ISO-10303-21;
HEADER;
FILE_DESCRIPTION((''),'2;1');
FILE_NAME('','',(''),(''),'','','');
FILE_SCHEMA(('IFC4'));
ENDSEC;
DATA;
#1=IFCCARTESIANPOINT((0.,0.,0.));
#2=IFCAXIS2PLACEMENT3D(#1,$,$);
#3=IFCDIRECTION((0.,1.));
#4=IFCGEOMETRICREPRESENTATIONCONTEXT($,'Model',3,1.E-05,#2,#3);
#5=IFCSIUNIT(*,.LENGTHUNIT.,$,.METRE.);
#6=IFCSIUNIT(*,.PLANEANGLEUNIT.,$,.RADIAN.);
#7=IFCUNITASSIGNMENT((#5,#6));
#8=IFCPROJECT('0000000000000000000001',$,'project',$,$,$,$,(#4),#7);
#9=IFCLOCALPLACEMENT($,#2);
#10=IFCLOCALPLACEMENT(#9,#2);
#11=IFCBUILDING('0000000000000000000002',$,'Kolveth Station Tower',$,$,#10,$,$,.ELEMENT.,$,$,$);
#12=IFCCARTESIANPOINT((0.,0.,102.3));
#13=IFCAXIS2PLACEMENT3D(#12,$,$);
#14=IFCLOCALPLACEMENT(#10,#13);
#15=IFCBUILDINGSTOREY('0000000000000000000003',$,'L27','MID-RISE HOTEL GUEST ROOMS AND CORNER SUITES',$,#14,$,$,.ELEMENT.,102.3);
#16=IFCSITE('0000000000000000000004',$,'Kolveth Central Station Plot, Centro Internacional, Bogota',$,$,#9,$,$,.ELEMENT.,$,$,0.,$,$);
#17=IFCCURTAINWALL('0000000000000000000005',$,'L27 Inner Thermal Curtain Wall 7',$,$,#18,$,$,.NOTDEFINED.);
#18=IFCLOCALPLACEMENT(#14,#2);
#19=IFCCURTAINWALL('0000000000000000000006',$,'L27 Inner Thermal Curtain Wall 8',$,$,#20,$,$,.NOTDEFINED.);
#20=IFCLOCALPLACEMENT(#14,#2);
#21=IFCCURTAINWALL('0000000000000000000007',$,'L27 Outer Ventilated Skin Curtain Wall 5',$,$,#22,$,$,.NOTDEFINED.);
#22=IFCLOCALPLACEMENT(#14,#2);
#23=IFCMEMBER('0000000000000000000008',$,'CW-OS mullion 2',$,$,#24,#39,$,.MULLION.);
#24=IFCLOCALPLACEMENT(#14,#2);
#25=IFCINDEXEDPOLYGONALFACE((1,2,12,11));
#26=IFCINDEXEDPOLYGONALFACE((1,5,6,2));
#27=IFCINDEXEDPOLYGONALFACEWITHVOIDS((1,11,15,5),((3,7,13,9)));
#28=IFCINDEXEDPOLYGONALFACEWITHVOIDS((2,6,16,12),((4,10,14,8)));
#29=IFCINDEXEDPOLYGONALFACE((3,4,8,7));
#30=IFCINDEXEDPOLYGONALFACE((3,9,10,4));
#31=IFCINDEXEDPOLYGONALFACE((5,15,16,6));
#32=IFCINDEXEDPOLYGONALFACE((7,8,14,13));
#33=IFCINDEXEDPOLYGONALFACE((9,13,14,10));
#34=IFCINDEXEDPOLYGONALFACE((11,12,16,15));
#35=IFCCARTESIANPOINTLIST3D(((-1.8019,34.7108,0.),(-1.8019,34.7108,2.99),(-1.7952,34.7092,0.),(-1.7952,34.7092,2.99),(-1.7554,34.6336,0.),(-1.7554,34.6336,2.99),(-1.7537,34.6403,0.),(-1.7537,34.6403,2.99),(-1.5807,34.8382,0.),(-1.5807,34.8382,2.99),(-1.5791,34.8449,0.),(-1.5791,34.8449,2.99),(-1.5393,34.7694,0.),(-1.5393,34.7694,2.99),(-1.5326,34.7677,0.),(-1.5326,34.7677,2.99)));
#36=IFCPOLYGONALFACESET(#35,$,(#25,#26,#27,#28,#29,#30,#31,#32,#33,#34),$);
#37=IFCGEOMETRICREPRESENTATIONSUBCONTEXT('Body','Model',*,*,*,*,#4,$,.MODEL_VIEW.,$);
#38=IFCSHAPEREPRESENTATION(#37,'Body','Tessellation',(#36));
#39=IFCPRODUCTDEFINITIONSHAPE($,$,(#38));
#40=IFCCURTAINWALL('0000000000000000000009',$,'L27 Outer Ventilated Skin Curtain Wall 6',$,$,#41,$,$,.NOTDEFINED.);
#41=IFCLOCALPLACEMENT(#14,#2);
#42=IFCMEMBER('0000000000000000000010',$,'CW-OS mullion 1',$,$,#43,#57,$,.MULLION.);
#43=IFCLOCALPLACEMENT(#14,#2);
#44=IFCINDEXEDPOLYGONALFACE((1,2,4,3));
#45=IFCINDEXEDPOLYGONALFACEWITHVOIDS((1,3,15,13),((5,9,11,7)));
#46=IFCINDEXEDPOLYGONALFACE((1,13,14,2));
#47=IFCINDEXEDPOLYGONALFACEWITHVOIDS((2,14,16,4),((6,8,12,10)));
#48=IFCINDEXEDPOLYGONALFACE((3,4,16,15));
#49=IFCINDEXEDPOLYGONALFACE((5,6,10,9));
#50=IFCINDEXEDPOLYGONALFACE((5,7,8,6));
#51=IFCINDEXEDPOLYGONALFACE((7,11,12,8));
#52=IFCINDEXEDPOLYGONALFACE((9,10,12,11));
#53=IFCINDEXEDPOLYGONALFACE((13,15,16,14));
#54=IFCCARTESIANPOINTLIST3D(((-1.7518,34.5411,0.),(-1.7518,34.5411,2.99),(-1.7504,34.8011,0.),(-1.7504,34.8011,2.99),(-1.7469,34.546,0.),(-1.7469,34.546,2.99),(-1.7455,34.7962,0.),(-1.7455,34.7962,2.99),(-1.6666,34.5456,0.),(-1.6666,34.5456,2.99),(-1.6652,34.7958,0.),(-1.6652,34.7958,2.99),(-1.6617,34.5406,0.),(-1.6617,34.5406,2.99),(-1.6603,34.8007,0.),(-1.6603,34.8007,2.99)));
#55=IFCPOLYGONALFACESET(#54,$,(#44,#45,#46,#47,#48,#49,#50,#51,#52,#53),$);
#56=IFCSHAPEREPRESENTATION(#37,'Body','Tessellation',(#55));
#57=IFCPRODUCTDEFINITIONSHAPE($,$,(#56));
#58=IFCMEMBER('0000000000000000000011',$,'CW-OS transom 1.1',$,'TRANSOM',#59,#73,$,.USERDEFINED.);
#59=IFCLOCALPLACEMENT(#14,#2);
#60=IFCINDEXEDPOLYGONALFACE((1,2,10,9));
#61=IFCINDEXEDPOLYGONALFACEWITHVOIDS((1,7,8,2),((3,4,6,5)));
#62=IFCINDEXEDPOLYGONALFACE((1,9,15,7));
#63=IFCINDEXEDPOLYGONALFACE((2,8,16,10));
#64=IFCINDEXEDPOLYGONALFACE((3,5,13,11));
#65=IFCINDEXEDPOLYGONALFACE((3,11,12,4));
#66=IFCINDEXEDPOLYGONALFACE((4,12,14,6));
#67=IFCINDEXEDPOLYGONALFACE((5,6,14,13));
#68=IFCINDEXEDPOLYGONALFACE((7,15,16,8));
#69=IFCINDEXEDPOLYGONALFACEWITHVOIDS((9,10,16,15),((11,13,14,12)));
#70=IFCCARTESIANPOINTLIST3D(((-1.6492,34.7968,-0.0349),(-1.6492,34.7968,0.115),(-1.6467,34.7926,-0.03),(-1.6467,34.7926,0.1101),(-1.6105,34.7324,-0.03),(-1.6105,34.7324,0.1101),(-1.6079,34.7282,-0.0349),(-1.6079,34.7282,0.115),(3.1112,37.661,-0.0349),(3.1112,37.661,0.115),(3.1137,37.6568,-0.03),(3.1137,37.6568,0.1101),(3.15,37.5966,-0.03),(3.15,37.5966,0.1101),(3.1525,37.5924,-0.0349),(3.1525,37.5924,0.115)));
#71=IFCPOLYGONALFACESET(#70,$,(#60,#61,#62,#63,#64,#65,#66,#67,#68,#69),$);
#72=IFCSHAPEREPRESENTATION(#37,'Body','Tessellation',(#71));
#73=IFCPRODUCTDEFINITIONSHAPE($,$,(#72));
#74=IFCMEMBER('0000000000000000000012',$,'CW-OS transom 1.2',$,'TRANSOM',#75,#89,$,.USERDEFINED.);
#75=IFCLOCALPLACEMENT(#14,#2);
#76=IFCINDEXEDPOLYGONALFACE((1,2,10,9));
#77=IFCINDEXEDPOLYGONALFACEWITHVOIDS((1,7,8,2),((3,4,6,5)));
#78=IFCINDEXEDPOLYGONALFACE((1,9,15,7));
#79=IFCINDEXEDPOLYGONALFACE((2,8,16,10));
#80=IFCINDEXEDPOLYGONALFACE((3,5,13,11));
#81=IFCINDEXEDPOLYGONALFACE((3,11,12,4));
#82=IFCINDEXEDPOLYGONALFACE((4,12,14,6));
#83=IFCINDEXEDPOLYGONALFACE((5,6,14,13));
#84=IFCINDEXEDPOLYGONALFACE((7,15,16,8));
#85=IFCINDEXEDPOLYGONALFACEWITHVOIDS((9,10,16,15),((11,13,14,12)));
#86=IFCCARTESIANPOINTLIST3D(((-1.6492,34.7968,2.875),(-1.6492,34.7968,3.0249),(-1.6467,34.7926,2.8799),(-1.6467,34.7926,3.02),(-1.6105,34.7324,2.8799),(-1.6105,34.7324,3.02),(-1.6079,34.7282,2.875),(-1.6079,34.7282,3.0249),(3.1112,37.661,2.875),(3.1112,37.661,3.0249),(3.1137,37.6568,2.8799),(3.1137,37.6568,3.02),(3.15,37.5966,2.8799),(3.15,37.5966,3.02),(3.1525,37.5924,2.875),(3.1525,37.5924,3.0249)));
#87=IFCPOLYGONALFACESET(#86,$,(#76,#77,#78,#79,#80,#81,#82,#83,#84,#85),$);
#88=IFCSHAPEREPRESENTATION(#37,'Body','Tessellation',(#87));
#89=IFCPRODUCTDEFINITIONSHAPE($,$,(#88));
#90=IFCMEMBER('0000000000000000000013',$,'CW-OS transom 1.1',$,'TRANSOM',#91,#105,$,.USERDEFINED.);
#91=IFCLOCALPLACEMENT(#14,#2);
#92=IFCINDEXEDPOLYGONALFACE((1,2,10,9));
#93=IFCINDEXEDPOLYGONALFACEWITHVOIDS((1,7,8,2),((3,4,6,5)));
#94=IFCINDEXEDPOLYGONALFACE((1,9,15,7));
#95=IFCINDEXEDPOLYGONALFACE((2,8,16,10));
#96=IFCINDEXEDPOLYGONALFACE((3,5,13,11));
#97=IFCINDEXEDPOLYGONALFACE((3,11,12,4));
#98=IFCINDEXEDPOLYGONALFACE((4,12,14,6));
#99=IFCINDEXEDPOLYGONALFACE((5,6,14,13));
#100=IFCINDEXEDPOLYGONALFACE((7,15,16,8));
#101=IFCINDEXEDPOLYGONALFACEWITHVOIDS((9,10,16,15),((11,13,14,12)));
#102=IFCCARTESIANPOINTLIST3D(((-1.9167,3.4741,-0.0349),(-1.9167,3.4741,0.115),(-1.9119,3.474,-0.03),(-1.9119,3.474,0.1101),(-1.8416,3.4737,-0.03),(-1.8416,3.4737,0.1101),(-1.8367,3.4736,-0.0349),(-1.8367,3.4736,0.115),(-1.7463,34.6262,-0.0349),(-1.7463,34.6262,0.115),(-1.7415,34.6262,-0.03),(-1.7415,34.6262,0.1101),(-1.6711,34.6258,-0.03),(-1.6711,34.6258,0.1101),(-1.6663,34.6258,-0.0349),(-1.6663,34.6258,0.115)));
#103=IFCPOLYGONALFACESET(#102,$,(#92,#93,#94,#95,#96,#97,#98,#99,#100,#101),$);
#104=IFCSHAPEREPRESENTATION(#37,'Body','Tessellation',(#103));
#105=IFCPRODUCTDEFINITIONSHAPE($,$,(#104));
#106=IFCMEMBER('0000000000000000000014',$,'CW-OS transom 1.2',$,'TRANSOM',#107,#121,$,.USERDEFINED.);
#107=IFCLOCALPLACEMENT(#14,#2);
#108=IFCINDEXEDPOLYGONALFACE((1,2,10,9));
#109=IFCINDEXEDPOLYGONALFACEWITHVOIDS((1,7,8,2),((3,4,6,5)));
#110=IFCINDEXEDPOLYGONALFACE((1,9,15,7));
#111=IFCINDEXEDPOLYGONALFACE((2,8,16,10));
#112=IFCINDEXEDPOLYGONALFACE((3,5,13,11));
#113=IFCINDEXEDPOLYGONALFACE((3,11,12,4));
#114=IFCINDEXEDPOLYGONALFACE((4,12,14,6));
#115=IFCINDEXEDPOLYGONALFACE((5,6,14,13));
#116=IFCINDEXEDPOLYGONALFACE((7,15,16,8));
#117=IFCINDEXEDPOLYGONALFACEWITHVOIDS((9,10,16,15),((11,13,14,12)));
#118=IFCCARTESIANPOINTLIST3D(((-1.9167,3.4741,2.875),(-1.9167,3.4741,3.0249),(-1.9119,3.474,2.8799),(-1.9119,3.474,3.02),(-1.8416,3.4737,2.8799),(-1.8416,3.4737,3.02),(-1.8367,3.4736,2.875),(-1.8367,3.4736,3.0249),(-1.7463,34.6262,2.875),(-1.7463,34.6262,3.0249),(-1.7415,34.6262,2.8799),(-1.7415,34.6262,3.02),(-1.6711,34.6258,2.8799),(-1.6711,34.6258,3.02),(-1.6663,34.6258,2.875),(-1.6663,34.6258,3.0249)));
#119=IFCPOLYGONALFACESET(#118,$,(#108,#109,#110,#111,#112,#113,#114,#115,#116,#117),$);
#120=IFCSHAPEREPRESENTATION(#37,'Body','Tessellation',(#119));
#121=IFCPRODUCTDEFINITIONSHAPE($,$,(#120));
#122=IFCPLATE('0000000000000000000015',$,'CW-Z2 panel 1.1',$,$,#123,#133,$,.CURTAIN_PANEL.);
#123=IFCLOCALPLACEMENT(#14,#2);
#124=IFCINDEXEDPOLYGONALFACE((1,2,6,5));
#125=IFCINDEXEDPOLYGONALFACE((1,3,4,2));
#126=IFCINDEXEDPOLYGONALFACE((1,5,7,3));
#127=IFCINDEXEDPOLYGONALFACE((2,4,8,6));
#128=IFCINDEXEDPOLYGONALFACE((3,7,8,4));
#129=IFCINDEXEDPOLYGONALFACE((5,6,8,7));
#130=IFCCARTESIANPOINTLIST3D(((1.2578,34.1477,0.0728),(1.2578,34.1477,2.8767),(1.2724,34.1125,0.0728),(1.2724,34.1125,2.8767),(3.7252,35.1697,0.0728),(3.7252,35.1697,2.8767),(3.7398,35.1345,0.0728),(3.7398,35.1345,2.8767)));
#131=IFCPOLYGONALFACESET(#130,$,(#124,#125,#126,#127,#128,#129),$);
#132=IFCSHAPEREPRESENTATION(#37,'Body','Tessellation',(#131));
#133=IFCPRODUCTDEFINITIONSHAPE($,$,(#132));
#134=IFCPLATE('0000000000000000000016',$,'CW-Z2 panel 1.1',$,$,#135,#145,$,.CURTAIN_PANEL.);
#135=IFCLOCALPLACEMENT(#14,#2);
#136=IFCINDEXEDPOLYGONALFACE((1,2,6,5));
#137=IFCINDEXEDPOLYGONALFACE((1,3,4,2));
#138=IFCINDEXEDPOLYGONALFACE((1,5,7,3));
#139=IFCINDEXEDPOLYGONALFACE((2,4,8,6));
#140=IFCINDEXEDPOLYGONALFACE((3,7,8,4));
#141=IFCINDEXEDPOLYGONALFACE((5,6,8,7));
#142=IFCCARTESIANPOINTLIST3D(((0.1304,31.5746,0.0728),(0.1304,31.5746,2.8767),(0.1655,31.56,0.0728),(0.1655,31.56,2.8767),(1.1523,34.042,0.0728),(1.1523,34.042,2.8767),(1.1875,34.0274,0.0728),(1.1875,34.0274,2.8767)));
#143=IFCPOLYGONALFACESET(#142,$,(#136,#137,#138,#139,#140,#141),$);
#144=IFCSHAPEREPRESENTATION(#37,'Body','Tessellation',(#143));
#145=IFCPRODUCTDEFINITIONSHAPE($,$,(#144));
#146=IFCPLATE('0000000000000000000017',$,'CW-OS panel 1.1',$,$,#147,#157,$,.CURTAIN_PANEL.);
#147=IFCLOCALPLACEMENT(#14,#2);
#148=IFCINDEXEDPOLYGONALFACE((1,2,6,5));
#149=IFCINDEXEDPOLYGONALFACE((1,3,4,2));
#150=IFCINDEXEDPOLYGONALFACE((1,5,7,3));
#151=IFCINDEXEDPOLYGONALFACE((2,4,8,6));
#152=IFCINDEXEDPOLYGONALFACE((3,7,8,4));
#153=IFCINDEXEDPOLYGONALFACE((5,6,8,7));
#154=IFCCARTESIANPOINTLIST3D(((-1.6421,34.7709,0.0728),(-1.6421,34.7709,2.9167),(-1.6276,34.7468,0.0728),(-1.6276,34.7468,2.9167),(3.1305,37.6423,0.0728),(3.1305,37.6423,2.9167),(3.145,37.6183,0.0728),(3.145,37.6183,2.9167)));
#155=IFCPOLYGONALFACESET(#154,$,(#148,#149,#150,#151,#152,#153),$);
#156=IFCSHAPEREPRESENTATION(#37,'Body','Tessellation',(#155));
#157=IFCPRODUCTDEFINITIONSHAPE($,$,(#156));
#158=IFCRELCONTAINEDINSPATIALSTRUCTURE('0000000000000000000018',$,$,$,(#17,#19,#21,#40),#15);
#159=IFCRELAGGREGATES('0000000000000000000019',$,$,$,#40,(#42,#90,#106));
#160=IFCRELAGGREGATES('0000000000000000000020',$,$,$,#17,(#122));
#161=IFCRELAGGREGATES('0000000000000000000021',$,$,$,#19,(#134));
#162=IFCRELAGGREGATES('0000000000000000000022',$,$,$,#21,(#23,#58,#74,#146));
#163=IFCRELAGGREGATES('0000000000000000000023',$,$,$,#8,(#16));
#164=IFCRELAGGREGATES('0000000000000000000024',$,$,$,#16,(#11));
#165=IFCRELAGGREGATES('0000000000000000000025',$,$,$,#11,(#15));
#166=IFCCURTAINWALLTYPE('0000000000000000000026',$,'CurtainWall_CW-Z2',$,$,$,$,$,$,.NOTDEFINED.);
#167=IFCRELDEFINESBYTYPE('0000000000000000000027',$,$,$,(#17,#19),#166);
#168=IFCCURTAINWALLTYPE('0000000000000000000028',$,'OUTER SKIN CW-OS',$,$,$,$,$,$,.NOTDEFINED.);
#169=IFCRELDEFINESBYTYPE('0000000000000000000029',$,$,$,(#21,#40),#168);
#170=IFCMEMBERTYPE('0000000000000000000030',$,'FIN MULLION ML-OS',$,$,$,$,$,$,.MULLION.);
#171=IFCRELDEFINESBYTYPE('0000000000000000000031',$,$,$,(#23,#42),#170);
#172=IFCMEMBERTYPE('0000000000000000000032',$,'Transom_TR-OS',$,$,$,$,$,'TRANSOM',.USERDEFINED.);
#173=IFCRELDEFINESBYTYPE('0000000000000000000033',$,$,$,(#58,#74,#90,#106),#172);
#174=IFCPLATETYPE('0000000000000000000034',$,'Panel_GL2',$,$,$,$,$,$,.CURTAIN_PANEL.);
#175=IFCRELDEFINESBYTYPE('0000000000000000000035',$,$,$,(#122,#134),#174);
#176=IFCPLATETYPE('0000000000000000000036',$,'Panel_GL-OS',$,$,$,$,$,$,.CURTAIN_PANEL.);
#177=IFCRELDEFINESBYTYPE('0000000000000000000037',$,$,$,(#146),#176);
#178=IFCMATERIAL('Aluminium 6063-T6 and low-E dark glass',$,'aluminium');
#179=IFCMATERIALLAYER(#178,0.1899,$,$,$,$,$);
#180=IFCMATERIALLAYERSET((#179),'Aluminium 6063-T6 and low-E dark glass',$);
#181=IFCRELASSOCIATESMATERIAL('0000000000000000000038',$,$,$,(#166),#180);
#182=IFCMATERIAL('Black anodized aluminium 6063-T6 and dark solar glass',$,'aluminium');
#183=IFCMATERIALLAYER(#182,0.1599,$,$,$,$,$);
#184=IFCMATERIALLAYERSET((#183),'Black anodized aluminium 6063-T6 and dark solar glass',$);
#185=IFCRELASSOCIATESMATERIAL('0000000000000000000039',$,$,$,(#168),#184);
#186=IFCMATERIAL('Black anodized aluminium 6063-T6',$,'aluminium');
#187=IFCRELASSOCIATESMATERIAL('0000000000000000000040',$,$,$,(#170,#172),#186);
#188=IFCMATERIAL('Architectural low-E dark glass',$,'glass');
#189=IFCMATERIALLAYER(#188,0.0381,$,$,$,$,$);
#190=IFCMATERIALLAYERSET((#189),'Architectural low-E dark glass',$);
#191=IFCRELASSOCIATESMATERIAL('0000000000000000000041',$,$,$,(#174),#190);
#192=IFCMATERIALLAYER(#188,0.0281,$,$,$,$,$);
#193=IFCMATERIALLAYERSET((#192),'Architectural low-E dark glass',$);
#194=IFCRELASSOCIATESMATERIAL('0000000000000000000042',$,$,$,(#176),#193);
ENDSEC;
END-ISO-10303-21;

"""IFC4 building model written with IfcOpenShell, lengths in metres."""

from ifc_helpers import new_model, si_unit, direction, frame, origin, origin_2d, place, context, subcontext, project, spatial, rectangle, hollow_rectangle, extrude, source, transform, mapped, material, layer, layer_set, material_profile, profile_set, type_object, element, aggregate, save


model = new_model("IFC4")

# Units and contexts
model_context = context("Model", 3, precision=1e-05, world=origin(), true_north=direction((0.0, 1.0)))
body_context = subcontext(model_context, "Body", "Model", "MODEL_VIEW")
ifc_project = project(units=[si_unit("LENGTHUNIT", "METRE"), si_unit("PLANEANGLEUNIT", "RADIAN")], contexts=[model_context])

# Site, building, storey
site_placement = place(None, origin())
site = spatial("IfcSite", under=ifc_project, at=site_placement, Name="Kolveth Central Station Plot, Centro Internacional, Bogota", CompositionType="ELEMENT", RefElevation=0.0)
building_placement = place(site_placement, origin())
building = spatial("IfcBuilding", under=site, at=building_placement, Name="Kolveth Station Tower", CompositionType="ELEMENT")
storey_placement = place(building_placement, frame((0.0, 0.0, 102.3)))
storey = spatial("IfcBuildingStorey", under=building, at=storey_placement, Name="L27", Description="MID-RISE HOTEL GUEST ROOMS AND CORNER SUITES", CompositionType="ELEMENT", Elevation=102.3)

# Shared definitions
ifc_material_1 = material(Name="Aluminium 6063-T6 and low-E dark glass", Category="aluminium")
ifc_layer_1 = layer(ifc_material_1, 0.1899)
ifc_layer_set_1 = layer_set([ifc_layer_1], Name="Aluminium 6063-T6 and low-E dark glass")
curtain_wall_type_1 = type_object("IfcCurtainWallType", Name="CurtainWall_CW-Z2", PredefinedType="NOTDEFINED", material=ifc_layer_set_1)
ifc_material_2 = material(Name="Black anodized aluminium 6063-T6", Category="aluminium")

# Curtain wall
curtain_wall_1_placement = place(storey_placement, origin())
curtain_wall_1 = element("IfcCurtainWall", 1, at=curtain_wall_1_placement, inside=storey, type_object=curtain_wall_type_1, Name="L27 Inner Thermal Curtain Wall 7", PredefinedType="NOTDEFINED")

# Curtain wall
curtain_wall_2_placement = place(storey_placement, origin())
curtain_wall_2 = element("IfcCurtainWall", 2, at=curtain_wall_2_placement, inside=storey, type_object=curtain_wall_type_1, Name="L27 Inner Thermal Curtain Wall 8", PredefinedType="NOTDEFINED")

# Shared definitions
ifc_material_3 = material(Name="Black anodized aluminium 6063-T6 and dark solar glass", Category="aluminium")
ifc_layer_2 = layer(ifc_material_3, 0.1599)
ifc_layer_set_2 = layer_set([ifc_layer_2], Name="Black anodized aluminium 6063-T6 and dark solar glass")
curtain_wall_type_2 = type_object("IfcCurtainWallType", Name="OUTER SKIN CW-OS", PredefinedType="NOTDEFINED", material=ifc_layer_set_2)
ifc_material_profile_1 = material_profile(ifc_material_2, hollow_rectangle(XDim=0.0901, YDim=0.26, WallThickness=0.0049, at=origin_2d()), Name="ALU-90x260x5")
ifc_profile_set_1 = profile_set([ifc_material_profile_1], Name="Black anodized aluminium 6063-T6")
member_type_1 = type_object("IfcMemberType", Name="FIN MULLION ML-OS", PredefinedType="MULLION", material=ifc_profile_set_1)
shared_shape_1 = source(origin(), body_context, "Body", "SweptSolid", [
    extrude(hollow_rectangle(XDim=0.0901, YDim=0.26, WallThickness=0.0049, at=origin_2d()), origin(), (0.0, 0.0, 1.0), 2.99),
])

# Curtain wall, member
curtain_wall_3_placement = place(storey_placement, origin())
curtain_wall_3 = element("IfcCurtainWall", 3, at=curtain_wall_3_placement, inside=storey, type_object=curtain_wall_type_2, Name="L27 Outer Ventilated Skin Curtain Wall 5", PredefinedType="NOTDEFINED")
member_1_placement = place(storey_placement, frame((-1.6672, 34.7393, 0.0), z_axis=(0.0, 0.0, 1.0), x_axis=(0.515536, -0.856868, 0.0)))
member_1 = element("IfcMember", 4, at=member_1_placement, type_object=member_type_1, Name="CW-OS mullion 2", PredefinedType="MULLION", context=body_context, shape_type="MappedRepresentation", body=[
    mapped(shared_shape_1, transform((0.0, 0.0, 0.0), x_axis=(1.0, 0.0, 0.0), y_axis=(0.0, 1.0, 0.0), z_axis=(0.0, 0.0, 1.0), scale=1.0)),
])

# Curtain wall, member
curtain_wall_4_placement = place(storey_placement, origin())
curtain_wall_4 = element("IfcCurtainWall", 5, at=curtain_wall_4_placement, inside=storey, type_object=curtain_wall_type_2, Name="L27 Outer Ventilated Skin Curtain Wall 6", PredefinedType="NOTDEFINED")
member_2_placement = place(storey_placement, frame((-1.7061, 34.6709, 0.0), z_axis=(0.0, 0.0, 1.0), x_axis=(0.999985, -0.005464, 0.0)))
member_2 = element("IfcMember", 6, at=member_2_placement, type_object=member_type_1, Name="CW-OS mullion 1", PredefinedType="MULLION", context=body_context, shape_type="MappedRepresentation", body=[
    mapped(shared_shape_1, transform((0.0, 0.0, 0.0), x_axis=(1.0, 0.0, 0.0), y_axis=(0.0, 1.0, 0.0), z_axis=(0.0, 0.0, 1.0), scale=1.0)),
])

# Members
ifc_material_profile_2 = material_profile(ifc_material_2, hollow_rectangle(XDim=0.0801, YDim=0.1499, WallThickness=0.0049, at=origin_2d()), Name="ALU-80x150x5")
ifc_profile_set_2 = profile_set([ifc_material_profile_2], Name="Black anodized aluminium 6063-T6")
member_type_2 = type_object("IfcMemberType", Name="Transom_TR-OS", ElementType="TRANSOM", PredefinedType="USERDEFINED", material=ifc_profile_set_2)
shared_shape_2 = source(origin(), body_context, "Body", "SweptSolid", [
    extrude(hollow_rectangle(XDim=0.0801, YDim=0.1499, WallThickness=0.0049, at=origin_2d()), origin(), (0.0, 0.0, 1.0), 5.5557),
])
member_3_placement = place(storey_placement, frame((3.1318, 37.6267, 0.04), z_axis=(-0.85686, -0.515549, 0.0), x_axis=(0.515549, -0.85686, 0.0)))
member_3 = element("IfcMember", 7, at=member_3_placement, type_object=member_type_2, Name="CW-OS transom 1.1", ObjectType="TRANSOM", PredefinedType="USERDEFINED", context=body_context, shape_type="MappedRepresentation", body=[
    mapped(shared_shape_2, transform((0.0, 0.0, 0.0), x_axis=(1.0, 0.0, 0.0), y_axis=(0.0, 1.0, 0.0), z_axis=(0.0, 0.0, 1.0), scale=1.0)),
])
member_4_placement = place(storey_placement, frame((3.1318, 37.6267, 2.95), z_axis=(-0.85686, -0.515549, 0.0), x_axis=(0.515549, -0.85686, 0.0)))
member_4 = element("IfcMember", 8, at=member_4_placement, type_object=member_type_2, Name="CW-OS transom 1.2", ObjectType="TRANSOM", PredefinedType="USERDEFINED", context=body_context, shape_type="MappedRepresentation", body=[
    mapped(shared_shape_2, transform((0.0, 0.0, 0.0), x_axis=(1.0, 0.0, 0.0), y_axis=(0.0, 1.0, 0.0), z_axis=(0.0, 0.0, 1.0), scale=1.0)),
])
shared_shape_3 = source(origin(), body_context, "Body", "SweptSolid", [
    extrude(hollow_rectangle(XDim=0.0801, YDim=0.1499, WallThickness=0.0049, at=origin_2d()), origin(), (0.0, 0.0, 1.0), 31.1526),
])
member_5_placement = place(storey_placement, frame((-1.7063, 34.626, 0.04), z_axis=(-0.00547, -0.999985, 0.0), x_axis=(0.999985, -0.00547, 0.0)))
member_5 = element("IfcMember", 9, at=member_5_placement, type_object=member_type_2, Name="CW-OS transom 1.1", ObjectType="TRANSOM", PredefinedType="USERDEFINED", context=body_context, shape_type="MappedRepresentation", body=[
    mapped(shared_shape_3, transform((0.0, 0.0, 0.0), x_axis=(1.0, 0.0, 0.0), y_axis=(0.0, 1.0, 0.0), z_axis=(0.0, 0.0, 1.0), scale=1.0)),
])
member_6_placement = place(storey_placement, frame((-1.7063, 34.626, 2.95), z_axis=(-0.00547, -0.999985, 0.0), x_axis=(0.999985, -0.00547, 0.0)))
member_6 = element("IfcMember", 10, at=member_6_placement, type_object=member_type_2, Name="CW-OS transom 1.2", ObjectType="TRANSOM", PredefinedType="USERDEFINED", context=body_context, shape_type="MappedRepresentation", body=[
    mapped(shared_shape_3, transform((0.0, 0.0, 0.0), x_axis=(1.0, 0.0, 0.0), y_axis=(0.0, 1.0, 0.0), z_axis=(0.0, 0.0, 1.0), scale=1.0)),
])
aggregate(curtain_wall_4, [member_2, member_5, member_6])

# Plates
ifc_material_4 = material(Name="Architectural low-E dark glass", Category="glass")
ifc_layer_3 = layer(ifc_material_4, 0.0381)
ifc_layer_set_3 = layer_set([ifc_layer_3], Name="Architectural low-E dark glass")
plate_type_1 = type_object("IfcPlateType", Name="Panel_GL2", PredefinedType="CURTAIN_PANEL", material=ifc_layer_set_3)
shared_shape_4 = source(origin(), body_context, "Body", "SweptSolid", [
    extrude(rectangle(XDim=2.6707, YDim=0.0381, at=origin_2d()), origin(), (0.0, 0.0, 1.0), 2.804),
])
plate_1_placement = place(storey_placement, frame((2.4988, 34.6411, 0.0728), z_axis=(0.0, 0.0, 1.0), x_axis=(-0.923888, -0.382663, 0.0)))
plate_1 = element("IfcPlate", 11, at=plate_1_placement, type_object=plate_type_1, Name="CW-Z2 panel 1.1", PredefinedType="CURTAIN_PANEL", context=body_context, shape_type="MappedRepresentation", body=[
    mapped(shared_shape_4, transform((0.0, 0.0, 0.0), x_axis=(1.0, 0.0, 0.0), y_axis=(0.0, 1.0, 0.0), z_axis=(0.0, 0.0, 1.0), scale=1.0)),
])
aggregate(curtain_wall_1, [plate_1])
plate_2_placement = place(storey_placement, frame((0.6589, 32.801, 0.0728), z_axis=(0.0, 0.0, 1.0), x_axis=(-0.382663, -0.923888, 0.0)))
plate_2 = element("IfcPlate", 12, at=plate_2_placement, type_object=plate_type_1, Name="CW-Z2 panel 1.1", PredefinedType="CURTAIN_PANEL", context=body_context, shape_type="MappedRepresentation", body=[
    mapped(shared_shape_4, transform((0.0, 0.0, 0.0), x_axis=(1.0, 0.0, 0.0), y_axis=(0.0, 1.0, 0.0), z_axis=(0.0, 0.0, 1.0), scale=1.0)),
])
aggregate(curtain_wall_2, [plate_2])
ifc_layer_4 = layer(ifc_material_4, 0.0281)
ifc_layer_set_4 = layer_set([ifc_layer_4], Name="Architectural low-E dark glass")
plate_type_2 = type_object("IfcPlateType", Name="Panel_GL-OS", PredefinedType="CURTAIN_PANEL", material=ifc_layer_set_4)
shared_shape_5 = source(origin(), body_context, "Body", "SweptSolid", [
    extrude(rectangle(XDim=5.5698, YDim=0.0281, at=origin_2d()), origin(), (0.0, 0.0, 1.0), 2.844),
])
plate_3_placement = place(storey_placement, frame((0.7515, 36.1946, 0.0728), z_axis=(0.0, 0.0, 1.0), x_axis=(-0.856868, -0.515536, 0.0)))
plate_3 = element("IfcPlate", 13, at=plate_3_placement, type_object=plate_type_2, Name="CW-OS panel 1.1", PredefinedType="CURTAIN_PANEL", context=body_context, shape_type="MappedRepresentation", body=[
    mapped(shared_shape_5, transform((0.0, 0.0, 0.0), x_axis=(1.0, 0.0, 0.0), y_axis=(0.0, 1.0, 0.0), z_axis=(0.0, 0.0, 1.0), scale=1.0)),
])
aggregate(curtain_wall_3, [member_1, member_3, member_4, plate_3])

save(model, "model.ifc")
